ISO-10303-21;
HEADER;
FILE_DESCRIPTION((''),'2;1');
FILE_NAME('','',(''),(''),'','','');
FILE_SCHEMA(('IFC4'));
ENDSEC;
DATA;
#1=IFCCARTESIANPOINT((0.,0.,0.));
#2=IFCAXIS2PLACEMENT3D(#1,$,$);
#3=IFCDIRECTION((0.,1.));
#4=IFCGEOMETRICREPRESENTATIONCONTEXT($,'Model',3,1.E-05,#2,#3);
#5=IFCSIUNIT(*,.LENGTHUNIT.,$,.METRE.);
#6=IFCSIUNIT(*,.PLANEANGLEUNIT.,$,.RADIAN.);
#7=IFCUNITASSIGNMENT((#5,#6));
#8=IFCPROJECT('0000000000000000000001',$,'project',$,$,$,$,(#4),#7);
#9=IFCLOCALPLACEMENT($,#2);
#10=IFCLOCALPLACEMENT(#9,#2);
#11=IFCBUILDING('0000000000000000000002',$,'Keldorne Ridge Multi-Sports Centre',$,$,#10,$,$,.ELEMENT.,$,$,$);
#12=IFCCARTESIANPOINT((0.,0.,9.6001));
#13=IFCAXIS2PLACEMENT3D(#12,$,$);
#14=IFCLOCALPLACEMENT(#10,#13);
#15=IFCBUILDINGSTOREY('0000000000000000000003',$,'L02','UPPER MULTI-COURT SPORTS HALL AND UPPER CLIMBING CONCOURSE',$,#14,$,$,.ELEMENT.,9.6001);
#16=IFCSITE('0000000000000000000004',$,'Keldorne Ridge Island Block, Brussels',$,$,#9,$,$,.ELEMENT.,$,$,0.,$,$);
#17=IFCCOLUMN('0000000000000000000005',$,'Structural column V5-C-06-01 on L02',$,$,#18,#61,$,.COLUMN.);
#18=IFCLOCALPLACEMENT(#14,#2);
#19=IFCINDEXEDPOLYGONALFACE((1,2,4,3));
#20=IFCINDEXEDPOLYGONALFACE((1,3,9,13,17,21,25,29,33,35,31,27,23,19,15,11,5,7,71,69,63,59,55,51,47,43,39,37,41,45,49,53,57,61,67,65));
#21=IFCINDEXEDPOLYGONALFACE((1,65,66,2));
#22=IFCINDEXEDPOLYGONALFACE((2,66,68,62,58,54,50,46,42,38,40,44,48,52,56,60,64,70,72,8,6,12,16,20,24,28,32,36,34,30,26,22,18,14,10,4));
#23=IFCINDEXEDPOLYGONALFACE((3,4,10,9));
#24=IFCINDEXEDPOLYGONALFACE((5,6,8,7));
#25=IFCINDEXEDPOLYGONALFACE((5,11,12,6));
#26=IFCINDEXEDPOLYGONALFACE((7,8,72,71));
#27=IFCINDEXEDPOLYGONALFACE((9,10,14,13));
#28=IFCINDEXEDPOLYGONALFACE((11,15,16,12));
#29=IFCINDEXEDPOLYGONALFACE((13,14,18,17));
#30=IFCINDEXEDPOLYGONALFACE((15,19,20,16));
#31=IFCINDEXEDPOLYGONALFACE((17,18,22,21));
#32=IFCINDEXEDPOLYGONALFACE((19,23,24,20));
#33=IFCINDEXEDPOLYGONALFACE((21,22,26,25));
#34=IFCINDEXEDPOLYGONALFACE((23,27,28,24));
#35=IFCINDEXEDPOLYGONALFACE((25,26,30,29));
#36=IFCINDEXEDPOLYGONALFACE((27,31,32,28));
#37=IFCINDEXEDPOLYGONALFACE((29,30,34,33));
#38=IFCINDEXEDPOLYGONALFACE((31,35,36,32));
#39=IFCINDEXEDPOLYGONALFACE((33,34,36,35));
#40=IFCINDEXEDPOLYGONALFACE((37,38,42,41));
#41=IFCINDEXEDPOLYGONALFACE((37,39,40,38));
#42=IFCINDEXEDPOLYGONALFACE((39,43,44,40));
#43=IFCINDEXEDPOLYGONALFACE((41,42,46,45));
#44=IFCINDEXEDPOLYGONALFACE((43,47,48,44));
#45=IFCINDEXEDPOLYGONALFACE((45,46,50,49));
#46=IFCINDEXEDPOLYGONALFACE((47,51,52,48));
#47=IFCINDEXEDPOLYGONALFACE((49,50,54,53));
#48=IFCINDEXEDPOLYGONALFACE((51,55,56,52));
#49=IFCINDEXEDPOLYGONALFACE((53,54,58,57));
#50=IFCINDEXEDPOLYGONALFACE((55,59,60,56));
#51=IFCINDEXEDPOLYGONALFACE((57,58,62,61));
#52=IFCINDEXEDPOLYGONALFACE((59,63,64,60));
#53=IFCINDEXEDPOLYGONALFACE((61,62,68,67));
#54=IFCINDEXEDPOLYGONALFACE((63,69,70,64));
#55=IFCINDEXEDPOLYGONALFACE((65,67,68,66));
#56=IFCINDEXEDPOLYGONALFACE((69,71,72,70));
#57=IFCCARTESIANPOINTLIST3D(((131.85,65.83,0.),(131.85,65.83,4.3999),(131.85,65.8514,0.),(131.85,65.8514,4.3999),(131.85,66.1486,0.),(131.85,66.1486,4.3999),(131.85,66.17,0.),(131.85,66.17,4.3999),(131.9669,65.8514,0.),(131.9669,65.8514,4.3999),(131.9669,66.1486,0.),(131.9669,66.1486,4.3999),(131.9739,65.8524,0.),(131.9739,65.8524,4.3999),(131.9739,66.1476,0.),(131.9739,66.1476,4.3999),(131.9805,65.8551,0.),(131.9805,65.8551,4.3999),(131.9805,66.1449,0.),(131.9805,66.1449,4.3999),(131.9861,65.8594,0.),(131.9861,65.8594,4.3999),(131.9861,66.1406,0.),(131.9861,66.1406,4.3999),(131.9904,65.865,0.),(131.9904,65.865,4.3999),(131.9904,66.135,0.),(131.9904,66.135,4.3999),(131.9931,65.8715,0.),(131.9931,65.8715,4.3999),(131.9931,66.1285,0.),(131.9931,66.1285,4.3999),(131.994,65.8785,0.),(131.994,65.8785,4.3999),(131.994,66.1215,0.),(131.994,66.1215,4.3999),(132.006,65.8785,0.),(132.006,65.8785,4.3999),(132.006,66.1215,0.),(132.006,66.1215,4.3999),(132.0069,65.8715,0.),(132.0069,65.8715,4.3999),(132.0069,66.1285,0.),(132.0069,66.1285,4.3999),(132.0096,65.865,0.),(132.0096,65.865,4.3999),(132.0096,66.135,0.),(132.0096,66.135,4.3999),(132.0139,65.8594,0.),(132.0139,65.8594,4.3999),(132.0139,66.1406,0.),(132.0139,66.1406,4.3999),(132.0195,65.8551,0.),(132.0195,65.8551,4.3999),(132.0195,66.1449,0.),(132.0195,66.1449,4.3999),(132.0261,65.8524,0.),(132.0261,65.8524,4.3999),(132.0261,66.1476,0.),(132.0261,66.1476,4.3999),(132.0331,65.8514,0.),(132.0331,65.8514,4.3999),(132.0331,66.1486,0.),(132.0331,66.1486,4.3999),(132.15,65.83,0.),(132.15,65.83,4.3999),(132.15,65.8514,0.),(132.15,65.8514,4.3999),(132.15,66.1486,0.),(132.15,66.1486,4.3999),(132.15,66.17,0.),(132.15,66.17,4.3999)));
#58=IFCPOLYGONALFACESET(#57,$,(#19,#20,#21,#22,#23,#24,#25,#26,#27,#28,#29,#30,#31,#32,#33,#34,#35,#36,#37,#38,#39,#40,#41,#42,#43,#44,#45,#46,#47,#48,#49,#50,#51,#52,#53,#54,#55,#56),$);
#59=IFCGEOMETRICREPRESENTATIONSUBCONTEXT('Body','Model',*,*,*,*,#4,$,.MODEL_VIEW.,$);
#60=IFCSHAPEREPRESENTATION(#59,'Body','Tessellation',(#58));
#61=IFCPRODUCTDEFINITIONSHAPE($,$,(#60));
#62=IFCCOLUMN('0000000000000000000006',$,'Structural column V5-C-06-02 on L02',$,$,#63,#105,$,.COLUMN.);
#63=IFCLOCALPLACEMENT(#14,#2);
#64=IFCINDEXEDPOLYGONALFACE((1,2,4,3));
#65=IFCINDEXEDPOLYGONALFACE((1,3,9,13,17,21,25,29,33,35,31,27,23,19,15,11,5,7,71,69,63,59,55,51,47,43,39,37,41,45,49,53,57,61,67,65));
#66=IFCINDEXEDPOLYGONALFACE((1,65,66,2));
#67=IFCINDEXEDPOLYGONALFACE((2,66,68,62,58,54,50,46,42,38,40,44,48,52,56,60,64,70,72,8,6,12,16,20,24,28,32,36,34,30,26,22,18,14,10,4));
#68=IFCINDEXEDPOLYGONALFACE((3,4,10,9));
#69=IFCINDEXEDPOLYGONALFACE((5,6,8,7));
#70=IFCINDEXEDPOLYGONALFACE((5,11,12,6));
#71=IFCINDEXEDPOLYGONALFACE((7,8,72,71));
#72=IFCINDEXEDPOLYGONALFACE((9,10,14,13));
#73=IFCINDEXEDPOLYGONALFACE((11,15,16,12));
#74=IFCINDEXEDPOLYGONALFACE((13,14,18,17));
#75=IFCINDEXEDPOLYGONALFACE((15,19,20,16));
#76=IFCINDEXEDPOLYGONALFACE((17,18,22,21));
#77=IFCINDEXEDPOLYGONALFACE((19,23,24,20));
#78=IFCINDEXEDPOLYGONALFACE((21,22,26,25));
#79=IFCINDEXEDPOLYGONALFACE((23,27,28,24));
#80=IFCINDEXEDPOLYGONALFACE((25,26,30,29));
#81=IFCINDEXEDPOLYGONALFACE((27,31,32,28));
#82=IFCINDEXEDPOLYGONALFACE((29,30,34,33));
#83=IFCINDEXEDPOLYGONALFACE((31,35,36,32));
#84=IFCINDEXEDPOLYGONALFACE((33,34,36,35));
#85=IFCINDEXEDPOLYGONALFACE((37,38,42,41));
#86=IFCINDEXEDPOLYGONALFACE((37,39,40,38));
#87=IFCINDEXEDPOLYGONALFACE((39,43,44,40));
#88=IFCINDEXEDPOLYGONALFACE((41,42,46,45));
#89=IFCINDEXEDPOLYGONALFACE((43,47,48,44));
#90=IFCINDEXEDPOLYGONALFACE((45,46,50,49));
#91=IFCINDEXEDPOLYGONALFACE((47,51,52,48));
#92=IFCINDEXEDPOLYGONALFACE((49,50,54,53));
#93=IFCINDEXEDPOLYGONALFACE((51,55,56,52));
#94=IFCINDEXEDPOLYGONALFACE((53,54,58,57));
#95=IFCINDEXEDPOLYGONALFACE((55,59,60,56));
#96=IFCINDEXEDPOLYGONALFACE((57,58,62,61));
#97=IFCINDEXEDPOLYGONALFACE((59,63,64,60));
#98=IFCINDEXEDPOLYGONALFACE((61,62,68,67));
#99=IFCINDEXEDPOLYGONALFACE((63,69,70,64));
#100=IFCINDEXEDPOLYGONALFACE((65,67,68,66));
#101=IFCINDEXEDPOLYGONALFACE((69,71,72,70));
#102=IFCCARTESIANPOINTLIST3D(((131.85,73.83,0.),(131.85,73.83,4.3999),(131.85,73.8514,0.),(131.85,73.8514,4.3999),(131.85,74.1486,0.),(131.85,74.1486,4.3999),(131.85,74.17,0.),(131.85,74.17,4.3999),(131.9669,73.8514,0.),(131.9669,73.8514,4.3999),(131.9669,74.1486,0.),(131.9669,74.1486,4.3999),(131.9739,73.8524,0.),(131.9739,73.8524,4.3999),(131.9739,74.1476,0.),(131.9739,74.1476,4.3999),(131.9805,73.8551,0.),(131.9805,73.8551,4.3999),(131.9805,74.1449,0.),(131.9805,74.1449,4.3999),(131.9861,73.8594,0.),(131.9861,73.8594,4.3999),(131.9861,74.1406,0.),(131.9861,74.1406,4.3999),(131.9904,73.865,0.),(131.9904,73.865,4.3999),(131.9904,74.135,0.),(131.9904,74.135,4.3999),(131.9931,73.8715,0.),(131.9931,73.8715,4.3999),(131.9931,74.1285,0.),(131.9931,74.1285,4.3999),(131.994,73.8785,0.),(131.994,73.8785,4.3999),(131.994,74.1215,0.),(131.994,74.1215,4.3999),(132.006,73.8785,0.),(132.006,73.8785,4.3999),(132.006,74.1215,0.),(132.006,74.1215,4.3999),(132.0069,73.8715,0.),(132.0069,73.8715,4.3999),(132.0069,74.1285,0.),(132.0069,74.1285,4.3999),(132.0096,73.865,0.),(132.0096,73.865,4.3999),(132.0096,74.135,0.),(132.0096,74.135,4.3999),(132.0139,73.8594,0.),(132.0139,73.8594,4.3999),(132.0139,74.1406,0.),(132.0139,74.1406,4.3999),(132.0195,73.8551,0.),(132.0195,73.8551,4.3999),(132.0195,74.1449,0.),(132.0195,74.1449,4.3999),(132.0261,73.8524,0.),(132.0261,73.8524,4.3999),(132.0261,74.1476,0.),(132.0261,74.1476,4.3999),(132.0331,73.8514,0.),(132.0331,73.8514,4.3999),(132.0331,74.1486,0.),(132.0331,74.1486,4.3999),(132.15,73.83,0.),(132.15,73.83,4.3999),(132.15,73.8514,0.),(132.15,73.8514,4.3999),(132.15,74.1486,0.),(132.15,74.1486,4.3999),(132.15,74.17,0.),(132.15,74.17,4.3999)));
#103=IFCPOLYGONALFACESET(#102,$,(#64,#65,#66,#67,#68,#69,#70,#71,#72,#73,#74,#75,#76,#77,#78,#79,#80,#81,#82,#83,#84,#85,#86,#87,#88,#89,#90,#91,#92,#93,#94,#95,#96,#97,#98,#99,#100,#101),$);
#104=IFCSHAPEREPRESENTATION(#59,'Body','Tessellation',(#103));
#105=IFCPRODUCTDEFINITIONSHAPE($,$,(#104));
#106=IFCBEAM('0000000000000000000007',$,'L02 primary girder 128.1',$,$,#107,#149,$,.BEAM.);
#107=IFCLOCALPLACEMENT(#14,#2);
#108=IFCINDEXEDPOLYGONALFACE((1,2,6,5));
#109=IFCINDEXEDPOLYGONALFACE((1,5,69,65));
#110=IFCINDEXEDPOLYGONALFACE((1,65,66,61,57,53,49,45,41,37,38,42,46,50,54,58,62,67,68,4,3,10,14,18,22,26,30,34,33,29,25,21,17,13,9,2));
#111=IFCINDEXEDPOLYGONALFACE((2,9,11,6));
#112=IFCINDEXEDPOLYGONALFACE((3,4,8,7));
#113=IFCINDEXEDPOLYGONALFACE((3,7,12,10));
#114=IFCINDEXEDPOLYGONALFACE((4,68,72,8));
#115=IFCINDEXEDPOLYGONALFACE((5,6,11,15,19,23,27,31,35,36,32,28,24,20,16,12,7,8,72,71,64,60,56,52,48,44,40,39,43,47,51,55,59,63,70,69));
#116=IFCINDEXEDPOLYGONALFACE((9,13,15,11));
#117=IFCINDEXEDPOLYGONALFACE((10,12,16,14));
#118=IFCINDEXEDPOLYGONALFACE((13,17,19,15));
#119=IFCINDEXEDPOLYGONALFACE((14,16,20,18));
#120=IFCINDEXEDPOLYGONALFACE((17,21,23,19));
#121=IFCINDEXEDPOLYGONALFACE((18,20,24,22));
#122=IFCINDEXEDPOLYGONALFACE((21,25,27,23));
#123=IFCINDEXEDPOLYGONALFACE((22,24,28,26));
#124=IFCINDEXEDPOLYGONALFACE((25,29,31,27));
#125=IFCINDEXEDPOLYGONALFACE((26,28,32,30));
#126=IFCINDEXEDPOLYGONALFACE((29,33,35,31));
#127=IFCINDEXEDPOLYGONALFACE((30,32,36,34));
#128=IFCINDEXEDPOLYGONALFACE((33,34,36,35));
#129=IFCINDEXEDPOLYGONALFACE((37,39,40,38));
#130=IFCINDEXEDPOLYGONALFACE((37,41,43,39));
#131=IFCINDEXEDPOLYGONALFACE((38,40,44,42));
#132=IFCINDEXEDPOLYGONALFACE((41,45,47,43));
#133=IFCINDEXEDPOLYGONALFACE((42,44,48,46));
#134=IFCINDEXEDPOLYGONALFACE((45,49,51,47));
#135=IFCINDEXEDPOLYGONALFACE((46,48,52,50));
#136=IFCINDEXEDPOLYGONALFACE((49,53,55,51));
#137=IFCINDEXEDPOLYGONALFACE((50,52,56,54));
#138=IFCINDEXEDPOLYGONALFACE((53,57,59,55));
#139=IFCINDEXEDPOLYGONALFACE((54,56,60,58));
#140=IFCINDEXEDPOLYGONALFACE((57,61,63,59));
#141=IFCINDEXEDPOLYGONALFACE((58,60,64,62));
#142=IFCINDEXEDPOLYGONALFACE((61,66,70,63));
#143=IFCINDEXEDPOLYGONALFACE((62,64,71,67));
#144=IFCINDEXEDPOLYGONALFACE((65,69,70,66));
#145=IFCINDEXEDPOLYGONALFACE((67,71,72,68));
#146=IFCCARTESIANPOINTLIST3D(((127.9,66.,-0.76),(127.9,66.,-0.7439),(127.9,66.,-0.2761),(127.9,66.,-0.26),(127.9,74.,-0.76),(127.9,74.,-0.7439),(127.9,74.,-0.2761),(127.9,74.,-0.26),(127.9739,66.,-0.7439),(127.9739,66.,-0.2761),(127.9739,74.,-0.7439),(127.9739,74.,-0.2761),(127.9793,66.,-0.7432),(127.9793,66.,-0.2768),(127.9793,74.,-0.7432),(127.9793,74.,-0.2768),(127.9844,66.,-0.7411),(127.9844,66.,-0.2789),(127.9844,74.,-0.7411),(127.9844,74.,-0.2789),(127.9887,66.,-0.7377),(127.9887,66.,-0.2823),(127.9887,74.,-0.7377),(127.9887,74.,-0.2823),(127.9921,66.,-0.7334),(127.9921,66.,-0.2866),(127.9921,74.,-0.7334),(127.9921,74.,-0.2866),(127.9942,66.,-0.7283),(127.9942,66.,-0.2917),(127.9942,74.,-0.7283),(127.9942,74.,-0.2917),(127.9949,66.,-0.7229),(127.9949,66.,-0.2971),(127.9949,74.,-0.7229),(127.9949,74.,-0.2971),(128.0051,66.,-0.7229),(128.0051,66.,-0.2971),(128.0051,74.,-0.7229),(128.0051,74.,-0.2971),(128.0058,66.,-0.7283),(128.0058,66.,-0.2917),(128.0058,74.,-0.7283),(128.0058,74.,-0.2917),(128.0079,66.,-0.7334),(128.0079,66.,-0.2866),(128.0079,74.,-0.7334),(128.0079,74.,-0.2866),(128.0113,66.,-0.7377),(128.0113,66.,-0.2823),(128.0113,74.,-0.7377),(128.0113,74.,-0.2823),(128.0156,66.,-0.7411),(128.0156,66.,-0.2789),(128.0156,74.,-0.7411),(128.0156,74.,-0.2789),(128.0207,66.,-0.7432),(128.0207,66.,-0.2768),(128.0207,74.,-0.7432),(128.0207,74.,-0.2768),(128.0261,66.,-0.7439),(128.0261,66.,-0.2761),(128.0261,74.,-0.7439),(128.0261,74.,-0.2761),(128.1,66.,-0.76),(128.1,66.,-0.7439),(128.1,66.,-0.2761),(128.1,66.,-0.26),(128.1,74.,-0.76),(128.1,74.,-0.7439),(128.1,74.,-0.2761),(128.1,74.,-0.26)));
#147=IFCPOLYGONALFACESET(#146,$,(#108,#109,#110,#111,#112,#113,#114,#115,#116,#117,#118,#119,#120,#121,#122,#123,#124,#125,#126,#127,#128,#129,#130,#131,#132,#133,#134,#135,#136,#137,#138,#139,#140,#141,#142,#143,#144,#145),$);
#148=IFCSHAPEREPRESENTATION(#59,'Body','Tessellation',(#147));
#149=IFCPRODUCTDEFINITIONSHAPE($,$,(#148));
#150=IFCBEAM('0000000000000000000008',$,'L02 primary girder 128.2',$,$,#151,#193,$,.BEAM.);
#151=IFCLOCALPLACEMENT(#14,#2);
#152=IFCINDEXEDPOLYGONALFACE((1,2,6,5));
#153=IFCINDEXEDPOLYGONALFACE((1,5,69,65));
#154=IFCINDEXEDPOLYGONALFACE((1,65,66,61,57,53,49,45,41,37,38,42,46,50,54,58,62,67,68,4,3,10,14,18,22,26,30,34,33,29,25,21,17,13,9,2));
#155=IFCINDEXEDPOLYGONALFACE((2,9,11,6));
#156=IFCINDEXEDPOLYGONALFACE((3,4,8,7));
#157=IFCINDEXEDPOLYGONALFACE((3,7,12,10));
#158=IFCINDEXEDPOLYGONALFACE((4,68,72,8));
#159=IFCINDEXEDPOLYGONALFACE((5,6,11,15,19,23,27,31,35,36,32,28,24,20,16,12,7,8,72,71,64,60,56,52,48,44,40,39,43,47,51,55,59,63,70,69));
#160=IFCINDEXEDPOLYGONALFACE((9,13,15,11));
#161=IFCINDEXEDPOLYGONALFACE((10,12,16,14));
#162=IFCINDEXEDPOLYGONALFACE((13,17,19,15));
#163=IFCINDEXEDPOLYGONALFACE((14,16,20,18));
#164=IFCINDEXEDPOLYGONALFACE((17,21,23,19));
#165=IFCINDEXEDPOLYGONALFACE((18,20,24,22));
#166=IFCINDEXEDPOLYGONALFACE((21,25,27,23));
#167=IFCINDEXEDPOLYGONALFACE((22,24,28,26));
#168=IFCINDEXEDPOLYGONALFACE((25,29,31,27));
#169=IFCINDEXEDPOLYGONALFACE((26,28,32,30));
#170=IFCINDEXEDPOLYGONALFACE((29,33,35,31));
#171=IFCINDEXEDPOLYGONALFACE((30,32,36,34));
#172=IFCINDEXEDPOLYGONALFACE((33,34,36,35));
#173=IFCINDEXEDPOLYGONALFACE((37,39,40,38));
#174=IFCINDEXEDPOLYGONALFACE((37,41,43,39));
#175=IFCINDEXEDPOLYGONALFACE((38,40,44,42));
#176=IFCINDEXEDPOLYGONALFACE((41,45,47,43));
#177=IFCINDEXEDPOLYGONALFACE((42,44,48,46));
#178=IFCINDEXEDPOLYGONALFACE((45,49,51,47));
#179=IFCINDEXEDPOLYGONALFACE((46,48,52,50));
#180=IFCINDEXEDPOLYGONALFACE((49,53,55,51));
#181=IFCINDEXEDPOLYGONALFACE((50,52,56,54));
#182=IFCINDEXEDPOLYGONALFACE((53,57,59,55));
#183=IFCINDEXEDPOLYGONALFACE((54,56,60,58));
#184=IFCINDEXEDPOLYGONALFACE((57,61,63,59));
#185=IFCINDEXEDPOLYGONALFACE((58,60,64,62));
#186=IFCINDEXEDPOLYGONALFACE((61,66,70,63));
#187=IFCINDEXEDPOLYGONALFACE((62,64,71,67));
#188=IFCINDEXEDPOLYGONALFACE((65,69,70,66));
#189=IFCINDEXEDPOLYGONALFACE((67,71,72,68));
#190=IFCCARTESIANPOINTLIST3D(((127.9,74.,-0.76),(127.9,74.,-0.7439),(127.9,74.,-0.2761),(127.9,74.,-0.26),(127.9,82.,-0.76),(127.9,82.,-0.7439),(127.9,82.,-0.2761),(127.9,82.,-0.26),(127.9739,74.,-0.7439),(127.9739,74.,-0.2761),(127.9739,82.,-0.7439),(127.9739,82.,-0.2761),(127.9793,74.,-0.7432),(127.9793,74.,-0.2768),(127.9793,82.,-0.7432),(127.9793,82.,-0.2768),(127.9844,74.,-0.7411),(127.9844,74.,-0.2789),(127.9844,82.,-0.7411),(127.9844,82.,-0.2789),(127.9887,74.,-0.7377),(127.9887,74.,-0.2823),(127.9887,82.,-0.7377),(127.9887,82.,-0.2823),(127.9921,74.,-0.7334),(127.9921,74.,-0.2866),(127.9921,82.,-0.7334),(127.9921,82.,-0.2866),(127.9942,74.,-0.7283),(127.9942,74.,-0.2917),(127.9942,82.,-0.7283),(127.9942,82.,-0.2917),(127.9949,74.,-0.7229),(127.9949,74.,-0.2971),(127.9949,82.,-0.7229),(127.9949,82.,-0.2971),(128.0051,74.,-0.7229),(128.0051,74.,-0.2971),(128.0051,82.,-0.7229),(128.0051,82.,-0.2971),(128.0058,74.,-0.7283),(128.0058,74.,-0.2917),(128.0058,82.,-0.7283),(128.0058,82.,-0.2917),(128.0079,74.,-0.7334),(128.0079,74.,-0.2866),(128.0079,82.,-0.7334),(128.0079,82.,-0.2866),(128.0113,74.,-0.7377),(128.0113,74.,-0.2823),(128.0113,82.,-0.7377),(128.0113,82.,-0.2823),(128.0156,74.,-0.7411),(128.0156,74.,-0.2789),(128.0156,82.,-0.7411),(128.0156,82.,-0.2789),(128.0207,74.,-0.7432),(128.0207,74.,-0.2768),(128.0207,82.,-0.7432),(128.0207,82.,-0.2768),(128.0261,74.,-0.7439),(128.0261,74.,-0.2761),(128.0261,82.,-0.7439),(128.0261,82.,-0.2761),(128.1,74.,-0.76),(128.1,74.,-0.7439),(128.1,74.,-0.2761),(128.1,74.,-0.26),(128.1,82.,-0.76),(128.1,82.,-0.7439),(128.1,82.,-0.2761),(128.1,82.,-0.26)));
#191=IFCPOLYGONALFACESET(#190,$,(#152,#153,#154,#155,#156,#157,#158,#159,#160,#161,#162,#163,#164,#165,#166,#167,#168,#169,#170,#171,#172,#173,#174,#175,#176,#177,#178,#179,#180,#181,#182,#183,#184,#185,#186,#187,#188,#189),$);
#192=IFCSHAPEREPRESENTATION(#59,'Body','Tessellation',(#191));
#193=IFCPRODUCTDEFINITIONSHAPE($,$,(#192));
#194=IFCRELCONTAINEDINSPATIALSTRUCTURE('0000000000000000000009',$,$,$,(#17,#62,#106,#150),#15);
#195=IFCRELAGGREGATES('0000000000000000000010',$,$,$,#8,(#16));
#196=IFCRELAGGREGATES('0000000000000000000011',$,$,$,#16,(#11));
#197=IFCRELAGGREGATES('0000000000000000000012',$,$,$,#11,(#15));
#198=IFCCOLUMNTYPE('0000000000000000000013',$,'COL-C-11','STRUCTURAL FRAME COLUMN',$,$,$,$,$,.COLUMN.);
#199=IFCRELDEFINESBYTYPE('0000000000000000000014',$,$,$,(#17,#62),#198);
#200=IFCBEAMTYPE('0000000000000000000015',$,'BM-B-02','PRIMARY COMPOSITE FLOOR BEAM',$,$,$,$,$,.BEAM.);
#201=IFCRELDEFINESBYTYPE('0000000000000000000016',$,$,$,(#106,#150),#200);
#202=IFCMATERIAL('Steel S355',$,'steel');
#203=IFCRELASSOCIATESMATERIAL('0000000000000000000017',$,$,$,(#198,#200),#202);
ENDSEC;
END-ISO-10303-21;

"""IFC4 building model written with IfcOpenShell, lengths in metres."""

from ifc_helpers import new_model, si_unit, direction, frame, origin, origin_2d, place, context, subcontext, project, spatial, i_section, extrude, material, material_profile, profile_set, type_object, element, save


model = new_model("IFC4")

# Units and contexts
model_context = context("Model", 3, precision=1e-05, world=origin(), true_north=direction((0.0, 1.0)))
body_context = subcontext(model_context, "Body", "Model", "MODEL_VIEW")
ifc_project = project(units=[si_unit("LENGTHUNIT", "METRE"), si_unit("PLANEANGLEUNIT", "RADIAN")], contexts=[model_context])

# Site, building, storey
site_placement = place(None, origin())
site = spatial("IfcSite", under=ifc_project, at=site_placement, Name="Keldorne Ridge Island Block, Brussels", CompositionType="ELEMENT", RefElevation=0.0)
building_placement = place(site_placement, origin())
building = spatial("IfcBuilding", under=site, at=building_placement, Name="Keldorne Ridge Multi-Sports Centre", CompositionType="ELEMENT")
storey_placement = place(building_placement, frame((0.0, 0.0, 9.6001)))
storey = spatial("IfcBuildingStorey", under=building, at=storey_placement, Name="L02", Description="UPPER MULTI-COURT SPORTS HALL AND UPPER CLIMBING CONCOURSE", CompositionType="ELEMENT", Elevation=9.6001)

# Columns
ifc_material_1 = material(Name="Steel S355", Category="steel")
ifc_material_profile_1 = material_profile(ifc_material_1, i_section(OverallWidth=0.3, OverallDepth=0.3401, WebThickness=0.012, FlangeThickness=0.0215, FilletRadius=0.0271, at=origin_2d()), Name="HEB 340")
ifc_profile_set_1 = profile_set([ifc_material_profile_1], Name="Steel S355")
column_type = type_object("IfcColumnType", Name="COL-C-11", Description="STRUCTURAL FRAME COLUMN", PredefinedType="COLUMN", material=ifc_profile_set_1)
for number, where, z_axis, x_axis, name in (
    (1, (132.0, 66.0, 0.0), (0.0, 0.0, 1.0), (1.0, 0.0, 0.0), "Structural column V5-C-06-01 on L02"),
    (2, (132.0, 74.0, 0.0), (0.0, 0.0, 1.0), (1.0, 0.0, 0.0), "Structural column V5-C-06-02 on L02"),
):
    element("IfcColumn", number, at=place(storey_placement, frame(where, z_axis=z_axis, x_axis=x_axis)), inside=storey, type_object=column_type, Name=name, PredefinedType="COLUMN", context=body_context, shape_type="SweptSolid", body=[
        extrude(i_section(OverallWidth=0.3, OverallDepth=0.3401, WebThickness=0.012, FlangeThickness=0.0215, FilletRadius=0.0271, at=origin_2d()), origin(), (0.0, 0.0, 1.0), 4.3999),
    ])

# Beams
ifc_material_profile_2 = material_profile(ifc_material_1, i_section(OverallWidth=0.2, OverallDepth=0.5, WebThickness=0.0103, FlangeThickness=0.0161, FilletRadius=0.021, at=origin_2d()), Name="IPE 500")
ifc_profile_set_2 = profile_set([ifc_material_profile_2], Name="Steel S355")
beam_type_1 = type_object("IfcBeamType", Name="BM-B-02", Description="PRIMARY COMPOSITE FLOOR BEAM", PredefinedType="BEAM", material=ifc_profile_set_2)
for number, where, z_axis, x_axis, name in (
    (3, (128.0, 66.0, -0.51), (0.0, 1.0, 0.0), (-1.0, 0.0, 0.0), "L02 primary girder 128.1"),
    (4, (128.0, 74.0, -0.51), (0.0, 1.0, 0.0), (-1.0, 0.0, 0.0), "L02 primary girder 128.2"),
):
    element("IfcBeam", number, at=place(storey_placement, frame(where, z_axis=z_axis, x_axis=x_axis)), inside=storey, type_object=beam_type_1, Name=name, PredefinedType="BEAM", context=body_context, shape_type="SweptSolid", body=[
        extrude(i_section(OverallWidth=0.2, OverallDepth=0.5, WebThickness=0.0103, FlangeThickness=0.0161, FilletRadius=0.021, at=origin_2d()), origin(), (0.0, 0.0, 1.0), 8.0),
    ])

save(model, "model.ifc")
